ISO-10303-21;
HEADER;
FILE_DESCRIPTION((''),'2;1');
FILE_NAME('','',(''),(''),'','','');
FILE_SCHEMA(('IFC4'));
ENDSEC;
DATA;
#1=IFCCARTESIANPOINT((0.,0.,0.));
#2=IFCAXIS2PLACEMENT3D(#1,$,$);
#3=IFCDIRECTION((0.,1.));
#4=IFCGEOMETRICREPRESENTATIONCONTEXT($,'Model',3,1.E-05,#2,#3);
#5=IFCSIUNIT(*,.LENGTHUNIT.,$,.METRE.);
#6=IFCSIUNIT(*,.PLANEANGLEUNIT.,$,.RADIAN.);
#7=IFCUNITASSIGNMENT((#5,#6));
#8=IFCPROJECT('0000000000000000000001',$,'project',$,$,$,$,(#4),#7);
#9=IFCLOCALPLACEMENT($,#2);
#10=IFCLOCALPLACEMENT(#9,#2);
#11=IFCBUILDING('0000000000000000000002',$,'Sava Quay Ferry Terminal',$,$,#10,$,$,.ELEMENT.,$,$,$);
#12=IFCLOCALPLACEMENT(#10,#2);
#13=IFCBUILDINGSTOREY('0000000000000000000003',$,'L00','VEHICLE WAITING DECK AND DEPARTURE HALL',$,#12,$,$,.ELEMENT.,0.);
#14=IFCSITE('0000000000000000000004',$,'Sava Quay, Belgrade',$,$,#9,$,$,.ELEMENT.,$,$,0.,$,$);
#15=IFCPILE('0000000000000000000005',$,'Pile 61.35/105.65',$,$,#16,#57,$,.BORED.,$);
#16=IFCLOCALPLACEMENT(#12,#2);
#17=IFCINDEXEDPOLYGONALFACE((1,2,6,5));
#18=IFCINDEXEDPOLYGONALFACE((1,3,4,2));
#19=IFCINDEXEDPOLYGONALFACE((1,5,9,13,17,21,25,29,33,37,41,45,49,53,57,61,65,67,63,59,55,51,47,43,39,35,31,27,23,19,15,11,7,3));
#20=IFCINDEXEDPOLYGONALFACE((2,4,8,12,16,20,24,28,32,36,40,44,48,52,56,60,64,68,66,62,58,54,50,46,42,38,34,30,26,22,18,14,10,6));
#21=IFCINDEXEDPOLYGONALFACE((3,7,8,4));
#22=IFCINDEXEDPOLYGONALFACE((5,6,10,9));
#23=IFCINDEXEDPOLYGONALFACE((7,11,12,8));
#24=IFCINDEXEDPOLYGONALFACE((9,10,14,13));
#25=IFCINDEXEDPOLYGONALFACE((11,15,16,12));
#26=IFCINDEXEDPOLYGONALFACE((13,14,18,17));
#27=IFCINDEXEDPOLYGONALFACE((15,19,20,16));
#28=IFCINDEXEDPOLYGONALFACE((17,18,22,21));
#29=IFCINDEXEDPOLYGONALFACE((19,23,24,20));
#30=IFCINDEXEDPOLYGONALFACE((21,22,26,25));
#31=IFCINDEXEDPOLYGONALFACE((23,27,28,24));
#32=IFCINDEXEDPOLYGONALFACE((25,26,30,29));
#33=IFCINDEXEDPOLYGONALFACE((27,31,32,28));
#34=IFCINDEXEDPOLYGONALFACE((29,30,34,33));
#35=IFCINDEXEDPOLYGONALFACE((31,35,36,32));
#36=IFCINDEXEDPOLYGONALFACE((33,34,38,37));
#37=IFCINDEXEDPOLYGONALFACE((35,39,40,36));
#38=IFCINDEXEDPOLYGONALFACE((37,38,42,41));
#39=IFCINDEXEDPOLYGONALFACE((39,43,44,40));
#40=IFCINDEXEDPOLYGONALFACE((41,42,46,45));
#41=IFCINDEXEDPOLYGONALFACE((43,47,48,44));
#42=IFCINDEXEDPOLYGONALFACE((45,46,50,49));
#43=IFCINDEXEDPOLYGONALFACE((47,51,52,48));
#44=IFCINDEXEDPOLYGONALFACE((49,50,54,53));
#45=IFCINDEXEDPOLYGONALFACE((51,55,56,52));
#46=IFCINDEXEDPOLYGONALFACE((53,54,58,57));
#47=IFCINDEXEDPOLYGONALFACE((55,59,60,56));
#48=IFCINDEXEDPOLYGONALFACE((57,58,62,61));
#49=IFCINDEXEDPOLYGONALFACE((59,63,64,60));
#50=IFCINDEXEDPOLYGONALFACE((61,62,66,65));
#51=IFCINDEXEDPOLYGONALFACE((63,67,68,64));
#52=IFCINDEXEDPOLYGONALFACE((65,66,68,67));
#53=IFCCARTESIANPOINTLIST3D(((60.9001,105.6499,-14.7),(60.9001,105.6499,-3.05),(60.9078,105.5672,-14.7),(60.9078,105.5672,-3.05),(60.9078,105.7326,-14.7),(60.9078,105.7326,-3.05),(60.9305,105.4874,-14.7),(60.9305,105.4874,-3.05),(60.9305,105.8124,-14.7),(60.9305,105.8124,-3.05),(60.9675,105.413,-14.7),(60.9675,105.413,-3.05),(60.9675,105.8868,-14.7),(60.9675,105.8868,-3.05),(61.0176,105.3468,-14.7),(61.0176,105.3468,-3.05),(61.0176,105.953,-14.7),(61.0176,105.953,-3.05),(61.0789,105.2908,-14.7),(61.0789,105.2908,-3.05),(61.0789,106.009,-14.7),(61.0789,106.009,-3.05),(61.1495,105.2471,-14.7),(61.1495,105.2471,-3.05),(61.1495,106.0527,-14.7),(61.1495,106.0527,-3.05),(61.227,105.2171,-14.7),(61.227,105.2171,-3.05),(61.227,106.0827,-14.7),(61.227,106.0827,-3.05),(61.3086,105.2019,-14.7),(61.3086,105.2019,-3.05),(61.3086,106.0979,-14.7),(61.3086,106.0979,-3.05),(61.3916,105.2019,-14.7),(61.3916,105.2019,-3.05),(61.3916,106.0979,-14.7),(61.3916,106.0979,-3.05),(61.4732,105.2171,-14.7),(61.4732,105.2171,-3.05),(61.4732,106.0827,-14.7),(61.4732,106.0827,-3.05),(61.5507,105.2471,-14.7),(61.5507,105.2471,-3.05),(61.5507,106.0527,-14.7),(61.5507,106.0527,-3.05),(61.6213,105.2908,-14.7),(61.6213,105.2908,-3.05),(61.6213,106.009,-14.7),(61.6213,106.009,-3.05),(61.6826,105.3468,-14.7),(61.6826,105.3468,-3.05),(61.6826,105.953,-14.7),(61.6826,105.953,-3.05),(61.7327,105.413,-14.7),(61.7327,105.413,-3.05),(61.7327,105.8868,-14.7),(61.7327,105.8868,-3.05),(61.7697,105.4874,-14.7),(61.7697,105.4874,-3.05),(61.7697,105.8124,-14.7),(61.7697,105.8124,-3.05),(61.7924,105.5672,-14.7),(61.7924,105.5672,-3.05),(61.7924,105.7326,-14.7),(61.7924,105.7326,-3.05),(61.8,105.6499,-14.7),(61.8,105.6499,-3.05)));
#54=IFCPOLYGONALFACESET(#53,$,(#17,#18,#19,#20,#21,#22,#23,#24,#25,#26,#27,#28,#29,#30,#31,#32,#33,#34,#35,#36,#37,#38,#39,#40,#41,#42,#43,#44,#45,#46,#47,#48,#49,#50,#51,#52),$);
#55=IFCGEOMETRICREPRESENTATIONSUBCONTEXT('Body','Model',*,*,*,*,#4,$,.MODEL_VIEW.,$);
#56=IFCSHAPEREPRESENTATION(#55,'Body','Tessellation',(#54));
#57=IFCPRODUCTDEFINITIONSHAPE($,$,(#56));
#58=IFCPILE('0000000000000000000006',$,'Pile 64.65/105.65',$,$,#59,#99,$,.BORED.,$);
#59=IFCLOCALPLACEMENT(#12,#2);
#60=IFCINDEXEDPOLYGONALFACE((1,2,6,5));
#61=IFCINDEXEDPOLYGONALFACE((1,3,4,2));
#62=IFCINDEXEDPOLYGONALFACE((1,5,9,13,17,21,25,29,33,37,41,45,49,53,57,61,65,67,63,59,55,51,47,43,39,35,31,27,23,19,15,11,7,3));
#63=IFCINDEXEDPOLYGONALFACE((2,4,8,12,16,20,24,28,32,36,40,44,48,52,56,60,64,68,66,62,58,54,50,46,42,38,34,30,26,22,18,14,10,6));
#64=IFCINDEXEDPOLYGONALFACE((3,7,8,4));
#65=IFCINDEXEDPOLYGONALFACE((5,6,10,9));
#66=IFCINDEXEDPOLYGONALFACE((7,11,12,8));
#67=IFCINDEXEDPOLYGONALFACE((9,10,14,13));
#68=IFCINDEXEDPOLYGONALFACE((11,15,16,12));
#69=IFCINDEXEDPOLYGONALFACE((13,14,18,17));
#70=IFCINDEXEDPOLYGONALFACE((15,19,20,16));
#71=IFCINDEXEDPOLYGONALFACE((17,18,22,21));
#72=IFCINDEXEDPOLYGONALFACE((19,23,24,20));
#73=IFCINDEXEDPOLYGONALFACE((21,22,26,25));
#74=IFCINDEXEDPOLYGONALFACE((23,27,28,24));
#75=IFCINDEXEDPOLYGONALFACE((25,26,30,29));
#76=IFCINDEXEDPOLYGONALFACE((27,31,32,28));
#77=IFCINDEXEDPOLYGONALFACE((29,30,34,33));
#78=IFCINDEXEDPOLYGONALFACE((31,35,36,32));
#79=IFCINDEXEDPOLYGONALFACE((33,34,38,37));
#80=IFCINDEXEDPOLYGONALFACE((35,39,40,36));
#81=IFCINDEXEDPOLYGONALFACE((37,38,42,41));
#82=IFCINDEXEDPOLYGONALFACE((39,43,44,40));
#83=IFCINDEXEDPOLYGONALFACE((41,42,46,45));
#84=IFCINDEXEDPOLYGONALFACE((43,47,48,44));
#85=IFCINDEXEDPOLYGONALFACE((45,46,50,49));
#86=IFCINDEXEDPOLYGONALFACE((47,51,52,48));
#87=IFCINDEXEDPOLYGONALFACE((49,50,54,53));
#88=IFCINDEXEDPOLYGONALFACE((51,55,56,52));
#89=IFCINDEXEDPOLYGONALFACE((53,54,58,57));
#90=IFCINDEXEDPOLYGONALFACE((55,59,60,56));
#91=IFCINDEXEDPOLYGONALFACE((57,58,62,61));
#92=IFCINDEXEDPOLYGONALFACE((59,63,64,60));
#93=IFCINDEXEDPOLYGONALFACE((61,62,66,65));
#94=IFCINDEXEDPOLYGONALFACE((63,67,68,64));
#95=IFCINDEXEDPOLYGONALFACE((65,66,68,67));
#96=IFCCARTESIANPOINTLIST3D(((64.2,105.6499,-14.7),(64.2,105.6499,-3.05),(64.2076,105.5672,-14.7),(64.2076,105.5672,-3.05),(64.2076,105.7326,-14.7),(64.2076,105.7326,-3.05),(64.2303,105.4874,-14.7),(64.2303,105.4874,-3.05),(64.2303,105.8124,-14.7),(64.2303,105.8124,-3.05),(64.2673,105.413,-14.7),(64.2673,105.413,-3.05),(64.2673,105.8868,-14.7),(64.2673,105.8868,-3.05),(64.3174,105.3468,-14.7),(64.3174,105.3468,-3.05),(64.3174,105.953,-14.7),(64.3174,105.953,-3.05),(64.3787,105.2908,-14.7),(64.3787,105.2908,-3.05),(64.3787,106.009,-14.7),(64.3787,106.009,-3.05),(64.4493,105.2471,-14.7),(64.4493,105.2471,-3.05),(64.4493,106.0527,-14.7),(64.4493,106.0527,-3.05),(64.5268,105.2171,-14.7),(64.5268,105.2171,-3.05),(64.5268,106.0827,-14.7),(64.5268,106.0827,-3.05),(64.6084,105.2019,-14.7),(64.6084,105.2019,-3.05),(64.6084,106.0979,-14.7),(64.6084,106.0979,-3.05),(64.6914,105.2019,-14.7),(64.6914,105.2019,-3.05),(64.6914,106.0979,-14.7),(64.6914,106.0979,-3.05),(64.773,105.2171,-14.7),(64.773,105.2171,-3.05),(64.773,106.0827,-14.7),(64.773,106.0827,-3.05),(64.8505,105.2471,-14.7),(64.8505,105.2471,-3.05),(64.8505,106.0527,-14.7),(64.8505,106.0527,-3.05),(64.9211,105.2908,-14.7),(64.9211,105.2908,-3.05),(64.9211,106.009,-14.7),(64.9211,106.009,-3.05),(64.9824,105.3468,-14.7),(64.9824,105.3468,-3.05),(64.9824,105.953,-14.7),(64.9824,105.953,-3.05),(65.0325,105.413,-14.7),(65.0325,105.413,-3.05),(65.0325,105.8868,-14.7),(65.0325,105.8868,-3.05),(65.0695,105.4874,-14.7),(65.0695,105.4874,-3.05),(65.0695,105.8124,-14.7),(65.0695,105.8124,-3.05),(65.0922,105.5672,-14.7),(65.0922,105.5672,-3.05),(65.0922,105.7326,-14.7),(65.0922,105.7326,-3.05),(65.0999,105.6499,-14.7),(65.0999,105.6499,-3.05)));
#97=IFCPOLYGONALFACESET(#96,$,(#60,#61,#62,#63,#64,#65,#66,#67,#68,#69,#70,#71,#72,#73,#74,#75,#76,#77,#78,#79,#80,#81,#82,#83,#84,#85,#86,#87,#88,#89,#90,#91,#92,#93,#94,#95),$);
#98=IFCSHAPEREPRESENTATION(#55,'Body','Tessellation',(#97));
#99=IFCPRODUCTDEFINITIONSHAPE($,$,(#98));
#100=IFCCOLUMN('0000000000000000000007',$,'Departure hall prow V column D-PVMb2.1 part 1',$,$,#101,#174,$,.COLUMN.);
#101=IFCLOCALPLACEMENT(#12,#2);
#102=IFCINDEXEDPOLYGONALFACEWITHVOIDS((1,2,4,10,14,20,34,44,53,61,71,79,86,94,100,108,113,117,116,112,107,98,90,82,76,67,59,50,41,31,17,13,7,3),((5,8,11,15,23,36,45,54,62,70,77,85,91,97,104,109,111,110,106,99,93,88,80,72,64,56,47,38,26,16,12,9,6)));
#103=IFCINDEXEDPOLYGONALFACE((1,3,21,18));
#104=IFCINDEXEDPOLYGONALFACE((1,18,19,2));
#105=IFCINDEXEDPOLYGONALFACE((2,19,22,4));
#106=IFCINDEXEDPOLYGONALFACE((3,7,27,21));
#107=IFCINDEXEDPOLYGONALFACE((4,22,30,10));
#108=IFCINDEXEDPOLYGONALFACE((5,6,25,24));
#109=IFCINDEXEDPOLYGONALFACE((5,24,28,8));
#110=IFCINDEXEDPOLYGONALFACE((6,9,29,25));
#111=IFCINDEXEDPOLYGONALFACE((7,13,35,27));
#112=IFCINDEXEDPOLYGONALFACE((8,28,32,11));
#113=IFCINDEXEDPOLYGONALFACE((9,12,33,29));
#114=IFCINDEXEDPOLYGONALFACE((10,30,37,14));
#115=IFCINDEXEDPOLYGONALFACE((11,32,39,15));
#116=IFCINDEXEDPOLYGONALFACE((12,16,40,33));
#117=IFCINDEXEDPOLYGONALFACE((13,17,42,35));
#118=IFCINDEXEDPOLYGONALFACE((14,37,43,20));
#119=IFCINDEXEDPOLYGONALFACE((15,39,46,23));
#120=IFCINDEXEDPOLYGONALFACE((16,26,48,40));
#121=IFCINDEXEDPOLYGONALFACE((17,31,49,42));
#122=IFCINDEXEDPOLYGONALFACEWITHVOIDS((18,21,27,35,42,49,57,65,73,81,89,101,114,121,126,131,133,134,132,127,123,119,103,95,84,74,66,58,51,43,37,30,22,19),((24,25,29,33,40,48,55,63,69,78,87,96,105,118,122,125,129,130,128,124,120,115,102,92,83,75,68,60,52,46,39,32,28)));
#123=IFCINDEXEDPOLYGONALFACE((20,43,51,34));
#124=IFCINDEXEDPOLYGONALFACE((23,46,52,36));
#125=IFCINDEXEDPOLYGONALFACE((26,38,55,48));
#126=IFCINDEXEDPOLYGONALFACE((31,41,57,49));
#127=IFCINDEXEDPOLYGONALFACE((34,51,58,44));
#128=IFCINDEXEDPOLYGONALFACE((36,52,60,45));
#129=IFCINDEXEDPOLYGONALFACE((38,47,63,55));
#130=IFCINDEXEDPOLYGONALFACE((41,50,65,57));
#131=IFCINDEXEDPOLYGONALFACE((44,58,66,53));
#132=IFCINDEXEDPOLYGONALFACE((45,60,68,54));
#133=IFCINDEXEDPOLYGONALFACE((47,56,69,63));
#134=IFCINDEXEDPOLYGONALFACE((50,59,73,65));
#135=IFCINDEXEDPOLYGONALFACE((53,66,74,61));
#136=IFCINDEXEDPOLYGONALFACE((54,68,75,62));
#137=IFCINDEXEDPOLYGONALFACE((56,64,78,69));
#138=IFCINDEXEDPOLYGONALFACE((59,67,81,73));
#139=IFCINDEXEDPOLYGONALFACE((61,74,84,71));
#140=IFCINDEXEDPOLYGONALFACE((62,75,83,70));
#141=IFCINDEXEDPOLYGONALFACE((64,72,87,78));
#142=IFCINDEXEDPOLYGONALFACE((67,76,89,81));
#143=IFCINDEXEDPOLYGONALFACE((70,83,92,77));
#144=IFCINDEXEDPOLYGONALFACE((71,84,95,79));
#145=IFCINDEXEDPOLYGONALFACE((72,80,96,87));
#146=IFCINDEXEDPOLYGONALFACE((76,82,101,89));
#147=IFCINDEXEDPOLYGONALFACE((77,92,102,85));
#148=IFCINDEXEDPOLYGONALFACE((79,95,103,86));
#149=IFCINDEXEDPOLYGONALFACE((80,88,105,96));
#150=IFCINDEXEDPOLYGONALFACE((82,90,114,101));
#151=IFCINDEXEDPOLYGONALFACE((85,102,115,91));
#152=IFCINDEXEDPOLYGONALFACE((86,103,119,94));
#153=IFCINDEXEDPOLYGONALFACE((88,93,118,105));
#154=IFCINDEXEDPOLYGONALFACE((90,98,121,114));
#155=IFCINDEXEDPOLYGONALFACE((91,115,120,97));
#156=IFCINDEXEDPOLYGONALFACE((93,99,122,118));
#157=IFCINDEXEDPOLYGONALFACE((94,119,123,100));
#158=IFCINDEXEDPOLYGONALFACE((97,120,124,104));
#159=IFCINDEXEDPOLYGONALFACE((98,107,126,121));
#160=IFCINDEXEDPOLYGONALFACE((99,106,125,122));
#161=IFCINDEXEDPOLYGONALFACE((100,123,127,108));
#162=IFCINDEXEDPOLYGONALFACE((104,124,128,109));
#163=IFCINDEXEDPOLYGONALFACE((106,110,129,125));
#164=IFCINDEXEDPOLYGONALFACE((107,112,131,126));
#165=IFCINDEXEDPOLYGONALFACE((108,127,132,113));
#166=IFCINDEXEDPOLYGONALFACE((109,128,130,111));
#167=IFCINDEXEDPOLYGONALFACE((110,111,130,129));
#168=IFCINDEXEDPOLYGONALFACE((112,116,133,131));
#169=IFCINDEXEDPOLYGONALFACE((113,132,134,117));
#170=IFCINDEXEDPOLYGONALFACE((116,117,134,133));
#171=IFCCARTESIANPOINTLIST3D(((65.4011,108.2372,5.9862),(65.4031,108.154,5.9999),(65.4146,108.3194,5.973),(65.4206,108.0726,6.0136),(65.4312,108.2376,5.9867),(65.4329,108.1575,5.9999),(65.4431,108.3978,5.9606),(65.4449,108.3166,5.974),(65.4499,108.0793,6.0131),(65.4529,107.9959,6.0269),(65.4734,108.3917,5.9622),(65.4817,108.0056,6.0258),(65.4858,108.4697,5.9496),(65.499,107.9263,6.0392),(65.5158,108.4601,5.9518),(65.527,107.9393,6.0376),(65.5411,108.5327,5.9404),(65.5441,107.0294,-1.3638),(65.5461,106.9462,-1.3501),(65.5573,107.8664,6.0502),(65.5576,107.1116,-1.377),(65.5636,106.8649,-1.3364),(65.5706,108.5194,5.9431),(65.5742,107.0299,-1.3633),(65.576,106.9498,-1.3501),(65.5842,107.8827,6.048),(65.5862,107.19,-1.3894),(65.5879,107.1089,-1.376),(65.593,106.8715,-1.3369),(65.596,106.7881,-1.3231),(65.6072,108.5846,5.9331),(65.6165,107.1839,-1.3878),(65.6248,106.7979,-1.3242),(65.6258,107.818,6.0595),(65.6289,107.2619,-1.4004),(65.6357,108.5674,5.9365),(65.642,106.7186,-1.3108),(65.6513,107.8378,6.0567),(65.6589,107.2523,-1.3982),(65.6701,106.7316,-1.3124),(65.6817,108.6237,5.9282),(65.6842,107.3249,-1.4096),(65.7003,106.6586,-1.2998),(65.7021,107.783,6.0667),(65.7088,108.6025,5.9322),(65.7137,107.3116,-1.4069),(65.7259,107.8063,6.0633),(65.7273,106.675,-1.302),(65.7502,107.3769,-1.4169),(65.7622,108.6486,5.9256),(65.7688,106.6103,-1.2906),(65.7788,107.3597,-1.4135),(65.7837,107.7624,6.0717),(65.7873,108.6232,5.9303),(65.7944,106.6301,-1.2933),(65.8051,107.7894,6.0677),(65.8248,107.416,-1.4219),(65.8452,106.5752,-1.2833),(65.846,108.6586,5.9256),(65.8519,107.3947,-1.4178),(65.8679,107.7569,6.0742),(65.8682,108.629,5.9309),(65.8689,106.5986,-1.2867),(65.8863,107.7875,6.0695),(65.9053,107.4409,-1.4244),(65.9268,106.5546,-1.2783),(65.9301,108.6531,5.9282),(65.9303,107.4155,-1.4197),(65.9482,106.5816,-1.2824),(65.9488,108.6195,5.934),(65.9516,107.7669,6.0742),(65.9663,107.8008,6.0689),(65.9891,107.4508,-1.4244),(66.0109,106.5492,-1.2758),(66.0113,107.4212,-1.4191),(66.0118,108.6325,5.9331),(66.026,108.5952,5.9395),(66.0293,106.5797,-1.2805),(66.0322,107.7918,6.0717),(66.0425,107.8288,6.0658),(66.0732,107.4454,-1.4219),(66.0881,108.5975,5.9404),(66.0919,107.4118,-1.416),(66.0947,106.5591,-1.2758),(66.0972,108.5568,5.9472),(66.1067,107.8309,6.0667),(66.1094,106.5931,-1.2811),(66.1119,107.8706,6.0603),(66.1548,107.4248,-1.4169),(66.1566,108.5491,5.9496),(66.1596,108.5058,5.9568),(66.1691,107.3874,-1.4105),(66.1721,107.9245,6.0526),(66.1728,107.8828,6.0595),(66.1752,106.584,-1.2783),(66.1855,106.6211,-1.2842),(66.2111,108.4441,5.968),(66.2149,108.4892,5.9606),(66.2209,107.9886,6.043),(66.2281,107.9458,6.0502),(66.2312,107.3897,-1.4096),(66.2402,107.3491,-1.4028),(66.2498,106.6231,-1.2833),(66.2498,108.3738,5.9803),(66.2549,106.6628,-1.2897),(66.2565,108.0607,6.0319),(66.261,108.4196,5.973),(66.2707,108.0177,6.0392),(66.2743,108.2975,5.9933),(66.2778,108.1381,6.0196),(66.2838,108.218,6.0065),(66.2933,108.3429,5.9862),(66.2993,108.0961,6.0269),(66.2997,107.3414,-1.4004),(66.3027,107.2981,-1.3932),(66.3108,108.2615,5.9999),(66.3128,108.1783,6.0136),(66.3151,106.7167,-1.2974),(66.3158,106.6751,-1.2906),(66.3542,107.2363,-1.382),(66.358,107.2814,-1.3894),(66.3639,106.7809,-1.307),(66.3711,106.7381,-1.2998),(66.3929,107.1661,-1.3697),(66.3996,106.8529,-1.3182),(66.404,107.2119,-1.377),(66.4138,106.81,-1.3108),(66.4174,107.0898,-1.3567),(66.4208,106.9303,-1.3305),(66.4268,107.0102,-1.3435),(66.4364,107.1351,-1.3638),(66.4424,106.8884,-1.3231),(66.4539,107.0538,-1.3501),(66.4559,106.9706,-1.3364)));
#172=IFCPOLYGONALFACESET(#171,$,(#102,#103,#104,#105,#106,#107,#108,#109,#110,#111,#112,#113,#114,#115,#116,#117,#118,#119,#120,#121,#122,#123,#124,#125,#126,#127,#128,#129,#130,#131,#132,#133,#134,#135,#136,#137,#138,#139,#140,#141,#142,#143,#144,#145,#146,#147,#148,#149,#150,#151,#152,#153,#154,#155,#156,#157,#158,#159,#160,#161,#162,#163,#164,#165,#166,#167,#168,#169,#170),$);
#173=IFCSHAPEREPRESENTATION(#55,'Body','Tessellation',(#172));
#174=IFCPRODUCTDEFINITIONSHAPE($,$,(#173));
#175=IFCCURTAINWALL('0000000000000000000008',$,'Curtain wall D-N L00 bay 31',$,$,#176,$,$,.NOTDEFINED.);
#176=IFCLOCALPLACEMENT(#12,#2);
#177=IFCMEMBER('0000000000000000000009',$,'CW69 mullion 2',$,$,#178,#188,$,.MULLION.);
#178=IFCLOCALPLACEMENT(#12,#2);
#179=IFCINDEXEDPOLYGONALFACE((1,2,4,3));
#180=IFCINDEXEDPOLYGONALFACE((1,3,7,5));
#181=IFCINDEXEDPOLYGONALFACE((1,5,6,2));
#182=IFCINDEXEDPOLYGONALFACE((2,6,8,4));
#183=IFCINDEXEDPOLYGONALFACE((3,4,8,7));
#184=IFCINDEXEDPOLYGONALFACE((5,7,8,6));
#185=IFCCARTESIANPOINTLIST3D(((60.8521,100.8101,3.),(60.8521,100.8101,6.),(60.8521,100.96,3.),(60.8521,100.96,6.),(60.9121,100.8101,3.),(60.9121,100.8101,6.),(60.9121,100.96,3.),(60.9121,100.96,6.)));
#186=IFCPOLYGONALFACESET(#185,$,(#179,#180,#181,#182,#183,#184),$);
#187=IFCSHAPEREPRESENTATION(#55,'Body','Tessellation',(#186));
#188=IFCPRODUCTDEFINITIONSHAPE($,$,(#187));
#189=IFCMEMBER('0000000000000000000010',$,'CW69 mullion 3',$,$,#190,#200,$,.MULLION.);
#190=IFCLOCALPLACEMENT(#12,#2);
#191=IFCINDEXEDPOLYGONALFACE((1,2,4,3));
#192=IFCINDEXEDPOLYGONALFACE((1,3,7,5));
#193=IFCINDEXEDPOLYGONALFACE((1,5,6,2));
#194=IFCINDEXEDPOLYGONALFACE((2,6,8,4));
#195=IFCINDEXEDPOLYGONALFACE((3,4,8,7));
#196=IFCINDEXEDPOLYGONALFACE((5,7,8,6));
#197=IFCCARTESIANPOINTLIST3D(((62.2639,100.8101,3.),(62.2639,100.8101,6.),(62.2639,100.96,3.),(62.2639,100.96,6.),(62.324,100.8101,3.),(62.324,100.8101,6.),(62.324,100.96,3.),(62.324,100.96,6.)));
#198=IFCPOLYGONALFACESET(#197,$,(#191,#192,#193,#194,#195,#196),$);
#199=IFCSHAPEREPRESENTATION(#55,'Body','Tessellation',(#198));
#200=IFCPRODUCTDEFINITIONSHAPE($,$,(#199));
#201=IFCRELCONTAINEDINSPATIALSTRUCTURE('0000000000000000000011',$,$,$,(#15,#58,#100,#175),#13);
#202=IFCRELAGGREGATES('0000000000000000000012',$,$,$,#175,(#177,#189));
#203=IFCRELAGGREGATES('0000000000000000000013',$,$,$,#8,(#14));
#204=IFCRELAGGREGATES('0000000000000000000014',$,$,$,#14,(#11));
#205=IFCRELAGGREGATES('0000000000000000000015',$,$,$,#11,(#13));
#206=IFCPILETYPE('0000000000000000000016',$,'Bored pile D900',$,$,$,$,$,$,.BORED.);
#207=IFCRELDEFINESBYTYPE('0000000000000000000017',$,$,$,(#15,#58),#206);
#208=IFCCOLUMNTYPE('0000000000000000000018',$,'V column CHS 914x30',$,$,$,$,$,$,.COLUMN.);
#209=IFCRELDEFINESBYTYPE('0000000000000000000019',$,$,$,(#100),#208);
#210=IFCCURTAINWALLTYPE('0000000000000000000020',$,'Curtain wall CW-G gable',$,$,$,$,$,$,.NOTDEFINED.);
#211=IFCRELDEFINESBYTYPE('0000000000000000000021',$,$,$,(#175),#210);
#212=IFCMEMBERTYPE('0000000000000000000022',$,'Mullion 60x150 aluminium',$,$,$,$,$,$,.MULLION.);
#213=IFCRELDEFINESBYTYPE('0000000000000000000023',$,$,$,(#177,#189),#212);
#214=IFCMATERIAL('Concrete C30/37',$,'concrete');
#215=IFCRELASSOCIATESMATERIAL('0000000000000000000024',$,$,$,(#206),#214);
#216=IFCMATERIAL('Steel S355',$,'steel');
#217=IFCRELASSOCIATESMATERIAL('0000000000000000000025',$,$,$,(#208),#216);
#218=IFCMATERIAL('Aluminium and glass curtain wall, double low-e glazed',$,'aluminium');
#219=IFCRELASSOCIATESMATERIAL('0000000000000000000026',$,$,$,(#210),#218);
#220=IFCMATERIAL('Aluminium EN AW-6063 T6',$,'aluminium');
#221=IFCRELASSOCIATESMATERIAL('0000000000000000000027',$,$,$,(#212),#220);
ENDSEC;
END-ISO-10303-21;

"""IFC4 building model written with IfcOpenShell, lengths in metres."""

from ifc_helpers import new_model, si_unit, direction, frame, origin, origin_2d, place, context, subcontext, project, spatial, rectangle, circle, hollow_circle, extrude, material, material_profile, profile_set, type_object, element, aggregate, save


model = new_model("IFC4")

# Units and contexts
model_context = context("Model", 3, precision=1e-05, world=origin(), true_north=direction((0.0, 1.0)))
body_context = subcontext(model_context, "Body", "Model", "MODEL_VIEW")
ifc_project = project(units=[si_unit("LENGTHUNIT", "METRE"), si_unit("PLANEANGLEUNIT", "RADIAN")], contexts=[model_context])

# Site, building, storey
site_placement = place(None, origin())
site = spatial("IfcSite", under=ifc_project, at=site_placement, Name="Sava Quay, Belgrade", CompositionType="ELEMENT", RefElevation=0.0)
building_placement = place(site_placement, origin())
building = spatial("IfcBuilding", under=site, at=building_placement, Name="Sava Quay Ferry Terminal", CompositionType="ELEMENT")
storey_placement = place(building_placement, origin())
storey = spatial("IfcBuildingStorey", under=building, at=storey_placement, Name="L00", Description="VEHICLE WAITING DECK AND DEPARTURE HALL", CompositionType="ELEMENT", Elevation=0.0)

# Piles
ifc_material_1 = material(Name="Concrete C30/37", Category="concrete")
ifc_material_profile_1 = material_profile(ifc_material_1, circle(Radius=0.45, at=origin_2d()), Name="Bored pile D900")
ifc_profile_set_1 = profile_set([ifc_material_profile_1], Name="Concrete C30/37")
pile_type = type_object("IfcPileType", Name="Bored pile D900", PredefinedType="BORED", material=ifc_profile_set_1)
for number, where, z_axis, x_axis, name in (
    (1, (61.3501, 105.6499, -3.05), (0.0, 0.0, -1.0), (1.0, 0.0, 0.0), "Pile 61.35/105.65"),
    (2, (64.6499, 105.6499, -3.05), (0.0, 0.0, -1.0), (1.0, 0.0, 0.0), "Pile 64.65/105.65"),
):
    element("IfcPile", number, at=place(storey_placement, frame(where, z_axis=z_axis, x_axis=x_axis)), inside=storey, type_object=pile_type, Name=name, PredefinedType="BORED", context=body_context, shape_type="SweptSolid", body=[
        extrude(circle(Radius=0.45, at=origin_2d()), origin(), (0.0, 0.0, 1.0), 11.6499),
    ])

# Column
ifc_material_2 = material(Name="Steel S355", Category="steel")
ifc_material_profile_2 = material_profile(ifc_material_2, hollow_circle(Radius=0.457, WallThickness=0.03, at=origin_2d()), Name="CHS 914 x 30.0")
ifc_profile_set_2 = profile_set([ifc_material_profile_2], Name="Steel S355")
column_type = type_object("IfcColumnType", Name="V column CHS 914x30", PredefinedType="COLUMN", material=ifc_profile_set_2)
column_placement = place(storey_placement, frame((66.0, 107.0, -1.3501), z_axis=(-0.019203, 0.162115, 0.986585), x_axis=(-0.993057, -0.117633, 0.0)))
element("IfcColumn", 3, at=column_placement, inside=storey, type_object=column_type, Name="Departure hall prow V column D-PVMb2.1 part 1", PredefinedType="COLUMN", context=body_context, shape_type="SweptSolid", body=[
    extrude(hollow_circle(Radius=0.457, WallThickness=0.03, at=origin_2d()), origin(), (0.0, 0.0, 1.0), 7.45),
])

# Curtain wall, members
ifc_material_3 = material(Name="Aluminium and glass curtain wall, double low-e glazed", Category="aluminium")
curtain_wall_type = type_object("IfcCurtainWallType", Name="Curtain wall CW-G gable", PredefinedType="NOTDEFINED", material=ifc_material_3)
curtain_wall_placement = place(storey_placement, origin())
curtain_wall = element("IfcCurtainWall", 4, at=curtain_wall_placement, inside=storey, type_object=curtain_wall_type, Name="Curtain wall D-N L00 bay 31", PredefinedType="NOTDEFINED")
ifc_material_4 = material(Name="Aluminium EN AW-6063 T6", Category="aluminium")
ifc_material_profile_3 = material_profile(ifc_material_4, rectangle(XDim=0.1499, YDim=0.0601, at=origin_2d()), Name="Mullion 60x150 aluminium")
ifc_profile_set_3 = profile_set([ifc_material_profile_3], Name="Aluminium EN AW-6063 T6")
member_type_1 = type_object("IfcMemberType", Name="Mullion 60x150 aluminium", PredefinedType="MULLION", material=ifc_profile_set_3)
member_1_placement = place(storey_placement, frame((60.8821, 100.885, 3.0), z_axis=(0.0, 0.0, 1.0), x_axis=(0.0, 1.0, 0.0)))
member_1 = element("IfcMember", 5, at=member_1_placement, type_object=member_type_1, Name="CW69 mullion 2", PredefinedType="MULLION", context=body_context, shape_type="SweptSolid", body=[
    extrude(rectangle(XDim=0.1499, YDim=0.0601, at=origin_2d()), origin(), (0.0, 0.0, 1.0), 3.0),
])
member_2_placement = place(storey_placement, frame((62.2939, 100.885, 3.0), z_axis=(0.0, 0.0, 1.0), x_axis=(0.0, 1.0, 0.0)))
member_2 = element("IfcMember", 6, at=member_2_placement, type_object=member_type_1, Name="CW69 mullion 3", PredefinedType="MULLION", context=body_context, shape_type="SweptSolid", body=[
    extrude(rectangle(XDim=0.1499, YDim=0.0601, at=origin_2d()), origin(), (0.0, 0.0, 1.0), 3.0),
])
aggregate(curtain_wall, [member_1, member_2])

save(model, "model.ifc")
